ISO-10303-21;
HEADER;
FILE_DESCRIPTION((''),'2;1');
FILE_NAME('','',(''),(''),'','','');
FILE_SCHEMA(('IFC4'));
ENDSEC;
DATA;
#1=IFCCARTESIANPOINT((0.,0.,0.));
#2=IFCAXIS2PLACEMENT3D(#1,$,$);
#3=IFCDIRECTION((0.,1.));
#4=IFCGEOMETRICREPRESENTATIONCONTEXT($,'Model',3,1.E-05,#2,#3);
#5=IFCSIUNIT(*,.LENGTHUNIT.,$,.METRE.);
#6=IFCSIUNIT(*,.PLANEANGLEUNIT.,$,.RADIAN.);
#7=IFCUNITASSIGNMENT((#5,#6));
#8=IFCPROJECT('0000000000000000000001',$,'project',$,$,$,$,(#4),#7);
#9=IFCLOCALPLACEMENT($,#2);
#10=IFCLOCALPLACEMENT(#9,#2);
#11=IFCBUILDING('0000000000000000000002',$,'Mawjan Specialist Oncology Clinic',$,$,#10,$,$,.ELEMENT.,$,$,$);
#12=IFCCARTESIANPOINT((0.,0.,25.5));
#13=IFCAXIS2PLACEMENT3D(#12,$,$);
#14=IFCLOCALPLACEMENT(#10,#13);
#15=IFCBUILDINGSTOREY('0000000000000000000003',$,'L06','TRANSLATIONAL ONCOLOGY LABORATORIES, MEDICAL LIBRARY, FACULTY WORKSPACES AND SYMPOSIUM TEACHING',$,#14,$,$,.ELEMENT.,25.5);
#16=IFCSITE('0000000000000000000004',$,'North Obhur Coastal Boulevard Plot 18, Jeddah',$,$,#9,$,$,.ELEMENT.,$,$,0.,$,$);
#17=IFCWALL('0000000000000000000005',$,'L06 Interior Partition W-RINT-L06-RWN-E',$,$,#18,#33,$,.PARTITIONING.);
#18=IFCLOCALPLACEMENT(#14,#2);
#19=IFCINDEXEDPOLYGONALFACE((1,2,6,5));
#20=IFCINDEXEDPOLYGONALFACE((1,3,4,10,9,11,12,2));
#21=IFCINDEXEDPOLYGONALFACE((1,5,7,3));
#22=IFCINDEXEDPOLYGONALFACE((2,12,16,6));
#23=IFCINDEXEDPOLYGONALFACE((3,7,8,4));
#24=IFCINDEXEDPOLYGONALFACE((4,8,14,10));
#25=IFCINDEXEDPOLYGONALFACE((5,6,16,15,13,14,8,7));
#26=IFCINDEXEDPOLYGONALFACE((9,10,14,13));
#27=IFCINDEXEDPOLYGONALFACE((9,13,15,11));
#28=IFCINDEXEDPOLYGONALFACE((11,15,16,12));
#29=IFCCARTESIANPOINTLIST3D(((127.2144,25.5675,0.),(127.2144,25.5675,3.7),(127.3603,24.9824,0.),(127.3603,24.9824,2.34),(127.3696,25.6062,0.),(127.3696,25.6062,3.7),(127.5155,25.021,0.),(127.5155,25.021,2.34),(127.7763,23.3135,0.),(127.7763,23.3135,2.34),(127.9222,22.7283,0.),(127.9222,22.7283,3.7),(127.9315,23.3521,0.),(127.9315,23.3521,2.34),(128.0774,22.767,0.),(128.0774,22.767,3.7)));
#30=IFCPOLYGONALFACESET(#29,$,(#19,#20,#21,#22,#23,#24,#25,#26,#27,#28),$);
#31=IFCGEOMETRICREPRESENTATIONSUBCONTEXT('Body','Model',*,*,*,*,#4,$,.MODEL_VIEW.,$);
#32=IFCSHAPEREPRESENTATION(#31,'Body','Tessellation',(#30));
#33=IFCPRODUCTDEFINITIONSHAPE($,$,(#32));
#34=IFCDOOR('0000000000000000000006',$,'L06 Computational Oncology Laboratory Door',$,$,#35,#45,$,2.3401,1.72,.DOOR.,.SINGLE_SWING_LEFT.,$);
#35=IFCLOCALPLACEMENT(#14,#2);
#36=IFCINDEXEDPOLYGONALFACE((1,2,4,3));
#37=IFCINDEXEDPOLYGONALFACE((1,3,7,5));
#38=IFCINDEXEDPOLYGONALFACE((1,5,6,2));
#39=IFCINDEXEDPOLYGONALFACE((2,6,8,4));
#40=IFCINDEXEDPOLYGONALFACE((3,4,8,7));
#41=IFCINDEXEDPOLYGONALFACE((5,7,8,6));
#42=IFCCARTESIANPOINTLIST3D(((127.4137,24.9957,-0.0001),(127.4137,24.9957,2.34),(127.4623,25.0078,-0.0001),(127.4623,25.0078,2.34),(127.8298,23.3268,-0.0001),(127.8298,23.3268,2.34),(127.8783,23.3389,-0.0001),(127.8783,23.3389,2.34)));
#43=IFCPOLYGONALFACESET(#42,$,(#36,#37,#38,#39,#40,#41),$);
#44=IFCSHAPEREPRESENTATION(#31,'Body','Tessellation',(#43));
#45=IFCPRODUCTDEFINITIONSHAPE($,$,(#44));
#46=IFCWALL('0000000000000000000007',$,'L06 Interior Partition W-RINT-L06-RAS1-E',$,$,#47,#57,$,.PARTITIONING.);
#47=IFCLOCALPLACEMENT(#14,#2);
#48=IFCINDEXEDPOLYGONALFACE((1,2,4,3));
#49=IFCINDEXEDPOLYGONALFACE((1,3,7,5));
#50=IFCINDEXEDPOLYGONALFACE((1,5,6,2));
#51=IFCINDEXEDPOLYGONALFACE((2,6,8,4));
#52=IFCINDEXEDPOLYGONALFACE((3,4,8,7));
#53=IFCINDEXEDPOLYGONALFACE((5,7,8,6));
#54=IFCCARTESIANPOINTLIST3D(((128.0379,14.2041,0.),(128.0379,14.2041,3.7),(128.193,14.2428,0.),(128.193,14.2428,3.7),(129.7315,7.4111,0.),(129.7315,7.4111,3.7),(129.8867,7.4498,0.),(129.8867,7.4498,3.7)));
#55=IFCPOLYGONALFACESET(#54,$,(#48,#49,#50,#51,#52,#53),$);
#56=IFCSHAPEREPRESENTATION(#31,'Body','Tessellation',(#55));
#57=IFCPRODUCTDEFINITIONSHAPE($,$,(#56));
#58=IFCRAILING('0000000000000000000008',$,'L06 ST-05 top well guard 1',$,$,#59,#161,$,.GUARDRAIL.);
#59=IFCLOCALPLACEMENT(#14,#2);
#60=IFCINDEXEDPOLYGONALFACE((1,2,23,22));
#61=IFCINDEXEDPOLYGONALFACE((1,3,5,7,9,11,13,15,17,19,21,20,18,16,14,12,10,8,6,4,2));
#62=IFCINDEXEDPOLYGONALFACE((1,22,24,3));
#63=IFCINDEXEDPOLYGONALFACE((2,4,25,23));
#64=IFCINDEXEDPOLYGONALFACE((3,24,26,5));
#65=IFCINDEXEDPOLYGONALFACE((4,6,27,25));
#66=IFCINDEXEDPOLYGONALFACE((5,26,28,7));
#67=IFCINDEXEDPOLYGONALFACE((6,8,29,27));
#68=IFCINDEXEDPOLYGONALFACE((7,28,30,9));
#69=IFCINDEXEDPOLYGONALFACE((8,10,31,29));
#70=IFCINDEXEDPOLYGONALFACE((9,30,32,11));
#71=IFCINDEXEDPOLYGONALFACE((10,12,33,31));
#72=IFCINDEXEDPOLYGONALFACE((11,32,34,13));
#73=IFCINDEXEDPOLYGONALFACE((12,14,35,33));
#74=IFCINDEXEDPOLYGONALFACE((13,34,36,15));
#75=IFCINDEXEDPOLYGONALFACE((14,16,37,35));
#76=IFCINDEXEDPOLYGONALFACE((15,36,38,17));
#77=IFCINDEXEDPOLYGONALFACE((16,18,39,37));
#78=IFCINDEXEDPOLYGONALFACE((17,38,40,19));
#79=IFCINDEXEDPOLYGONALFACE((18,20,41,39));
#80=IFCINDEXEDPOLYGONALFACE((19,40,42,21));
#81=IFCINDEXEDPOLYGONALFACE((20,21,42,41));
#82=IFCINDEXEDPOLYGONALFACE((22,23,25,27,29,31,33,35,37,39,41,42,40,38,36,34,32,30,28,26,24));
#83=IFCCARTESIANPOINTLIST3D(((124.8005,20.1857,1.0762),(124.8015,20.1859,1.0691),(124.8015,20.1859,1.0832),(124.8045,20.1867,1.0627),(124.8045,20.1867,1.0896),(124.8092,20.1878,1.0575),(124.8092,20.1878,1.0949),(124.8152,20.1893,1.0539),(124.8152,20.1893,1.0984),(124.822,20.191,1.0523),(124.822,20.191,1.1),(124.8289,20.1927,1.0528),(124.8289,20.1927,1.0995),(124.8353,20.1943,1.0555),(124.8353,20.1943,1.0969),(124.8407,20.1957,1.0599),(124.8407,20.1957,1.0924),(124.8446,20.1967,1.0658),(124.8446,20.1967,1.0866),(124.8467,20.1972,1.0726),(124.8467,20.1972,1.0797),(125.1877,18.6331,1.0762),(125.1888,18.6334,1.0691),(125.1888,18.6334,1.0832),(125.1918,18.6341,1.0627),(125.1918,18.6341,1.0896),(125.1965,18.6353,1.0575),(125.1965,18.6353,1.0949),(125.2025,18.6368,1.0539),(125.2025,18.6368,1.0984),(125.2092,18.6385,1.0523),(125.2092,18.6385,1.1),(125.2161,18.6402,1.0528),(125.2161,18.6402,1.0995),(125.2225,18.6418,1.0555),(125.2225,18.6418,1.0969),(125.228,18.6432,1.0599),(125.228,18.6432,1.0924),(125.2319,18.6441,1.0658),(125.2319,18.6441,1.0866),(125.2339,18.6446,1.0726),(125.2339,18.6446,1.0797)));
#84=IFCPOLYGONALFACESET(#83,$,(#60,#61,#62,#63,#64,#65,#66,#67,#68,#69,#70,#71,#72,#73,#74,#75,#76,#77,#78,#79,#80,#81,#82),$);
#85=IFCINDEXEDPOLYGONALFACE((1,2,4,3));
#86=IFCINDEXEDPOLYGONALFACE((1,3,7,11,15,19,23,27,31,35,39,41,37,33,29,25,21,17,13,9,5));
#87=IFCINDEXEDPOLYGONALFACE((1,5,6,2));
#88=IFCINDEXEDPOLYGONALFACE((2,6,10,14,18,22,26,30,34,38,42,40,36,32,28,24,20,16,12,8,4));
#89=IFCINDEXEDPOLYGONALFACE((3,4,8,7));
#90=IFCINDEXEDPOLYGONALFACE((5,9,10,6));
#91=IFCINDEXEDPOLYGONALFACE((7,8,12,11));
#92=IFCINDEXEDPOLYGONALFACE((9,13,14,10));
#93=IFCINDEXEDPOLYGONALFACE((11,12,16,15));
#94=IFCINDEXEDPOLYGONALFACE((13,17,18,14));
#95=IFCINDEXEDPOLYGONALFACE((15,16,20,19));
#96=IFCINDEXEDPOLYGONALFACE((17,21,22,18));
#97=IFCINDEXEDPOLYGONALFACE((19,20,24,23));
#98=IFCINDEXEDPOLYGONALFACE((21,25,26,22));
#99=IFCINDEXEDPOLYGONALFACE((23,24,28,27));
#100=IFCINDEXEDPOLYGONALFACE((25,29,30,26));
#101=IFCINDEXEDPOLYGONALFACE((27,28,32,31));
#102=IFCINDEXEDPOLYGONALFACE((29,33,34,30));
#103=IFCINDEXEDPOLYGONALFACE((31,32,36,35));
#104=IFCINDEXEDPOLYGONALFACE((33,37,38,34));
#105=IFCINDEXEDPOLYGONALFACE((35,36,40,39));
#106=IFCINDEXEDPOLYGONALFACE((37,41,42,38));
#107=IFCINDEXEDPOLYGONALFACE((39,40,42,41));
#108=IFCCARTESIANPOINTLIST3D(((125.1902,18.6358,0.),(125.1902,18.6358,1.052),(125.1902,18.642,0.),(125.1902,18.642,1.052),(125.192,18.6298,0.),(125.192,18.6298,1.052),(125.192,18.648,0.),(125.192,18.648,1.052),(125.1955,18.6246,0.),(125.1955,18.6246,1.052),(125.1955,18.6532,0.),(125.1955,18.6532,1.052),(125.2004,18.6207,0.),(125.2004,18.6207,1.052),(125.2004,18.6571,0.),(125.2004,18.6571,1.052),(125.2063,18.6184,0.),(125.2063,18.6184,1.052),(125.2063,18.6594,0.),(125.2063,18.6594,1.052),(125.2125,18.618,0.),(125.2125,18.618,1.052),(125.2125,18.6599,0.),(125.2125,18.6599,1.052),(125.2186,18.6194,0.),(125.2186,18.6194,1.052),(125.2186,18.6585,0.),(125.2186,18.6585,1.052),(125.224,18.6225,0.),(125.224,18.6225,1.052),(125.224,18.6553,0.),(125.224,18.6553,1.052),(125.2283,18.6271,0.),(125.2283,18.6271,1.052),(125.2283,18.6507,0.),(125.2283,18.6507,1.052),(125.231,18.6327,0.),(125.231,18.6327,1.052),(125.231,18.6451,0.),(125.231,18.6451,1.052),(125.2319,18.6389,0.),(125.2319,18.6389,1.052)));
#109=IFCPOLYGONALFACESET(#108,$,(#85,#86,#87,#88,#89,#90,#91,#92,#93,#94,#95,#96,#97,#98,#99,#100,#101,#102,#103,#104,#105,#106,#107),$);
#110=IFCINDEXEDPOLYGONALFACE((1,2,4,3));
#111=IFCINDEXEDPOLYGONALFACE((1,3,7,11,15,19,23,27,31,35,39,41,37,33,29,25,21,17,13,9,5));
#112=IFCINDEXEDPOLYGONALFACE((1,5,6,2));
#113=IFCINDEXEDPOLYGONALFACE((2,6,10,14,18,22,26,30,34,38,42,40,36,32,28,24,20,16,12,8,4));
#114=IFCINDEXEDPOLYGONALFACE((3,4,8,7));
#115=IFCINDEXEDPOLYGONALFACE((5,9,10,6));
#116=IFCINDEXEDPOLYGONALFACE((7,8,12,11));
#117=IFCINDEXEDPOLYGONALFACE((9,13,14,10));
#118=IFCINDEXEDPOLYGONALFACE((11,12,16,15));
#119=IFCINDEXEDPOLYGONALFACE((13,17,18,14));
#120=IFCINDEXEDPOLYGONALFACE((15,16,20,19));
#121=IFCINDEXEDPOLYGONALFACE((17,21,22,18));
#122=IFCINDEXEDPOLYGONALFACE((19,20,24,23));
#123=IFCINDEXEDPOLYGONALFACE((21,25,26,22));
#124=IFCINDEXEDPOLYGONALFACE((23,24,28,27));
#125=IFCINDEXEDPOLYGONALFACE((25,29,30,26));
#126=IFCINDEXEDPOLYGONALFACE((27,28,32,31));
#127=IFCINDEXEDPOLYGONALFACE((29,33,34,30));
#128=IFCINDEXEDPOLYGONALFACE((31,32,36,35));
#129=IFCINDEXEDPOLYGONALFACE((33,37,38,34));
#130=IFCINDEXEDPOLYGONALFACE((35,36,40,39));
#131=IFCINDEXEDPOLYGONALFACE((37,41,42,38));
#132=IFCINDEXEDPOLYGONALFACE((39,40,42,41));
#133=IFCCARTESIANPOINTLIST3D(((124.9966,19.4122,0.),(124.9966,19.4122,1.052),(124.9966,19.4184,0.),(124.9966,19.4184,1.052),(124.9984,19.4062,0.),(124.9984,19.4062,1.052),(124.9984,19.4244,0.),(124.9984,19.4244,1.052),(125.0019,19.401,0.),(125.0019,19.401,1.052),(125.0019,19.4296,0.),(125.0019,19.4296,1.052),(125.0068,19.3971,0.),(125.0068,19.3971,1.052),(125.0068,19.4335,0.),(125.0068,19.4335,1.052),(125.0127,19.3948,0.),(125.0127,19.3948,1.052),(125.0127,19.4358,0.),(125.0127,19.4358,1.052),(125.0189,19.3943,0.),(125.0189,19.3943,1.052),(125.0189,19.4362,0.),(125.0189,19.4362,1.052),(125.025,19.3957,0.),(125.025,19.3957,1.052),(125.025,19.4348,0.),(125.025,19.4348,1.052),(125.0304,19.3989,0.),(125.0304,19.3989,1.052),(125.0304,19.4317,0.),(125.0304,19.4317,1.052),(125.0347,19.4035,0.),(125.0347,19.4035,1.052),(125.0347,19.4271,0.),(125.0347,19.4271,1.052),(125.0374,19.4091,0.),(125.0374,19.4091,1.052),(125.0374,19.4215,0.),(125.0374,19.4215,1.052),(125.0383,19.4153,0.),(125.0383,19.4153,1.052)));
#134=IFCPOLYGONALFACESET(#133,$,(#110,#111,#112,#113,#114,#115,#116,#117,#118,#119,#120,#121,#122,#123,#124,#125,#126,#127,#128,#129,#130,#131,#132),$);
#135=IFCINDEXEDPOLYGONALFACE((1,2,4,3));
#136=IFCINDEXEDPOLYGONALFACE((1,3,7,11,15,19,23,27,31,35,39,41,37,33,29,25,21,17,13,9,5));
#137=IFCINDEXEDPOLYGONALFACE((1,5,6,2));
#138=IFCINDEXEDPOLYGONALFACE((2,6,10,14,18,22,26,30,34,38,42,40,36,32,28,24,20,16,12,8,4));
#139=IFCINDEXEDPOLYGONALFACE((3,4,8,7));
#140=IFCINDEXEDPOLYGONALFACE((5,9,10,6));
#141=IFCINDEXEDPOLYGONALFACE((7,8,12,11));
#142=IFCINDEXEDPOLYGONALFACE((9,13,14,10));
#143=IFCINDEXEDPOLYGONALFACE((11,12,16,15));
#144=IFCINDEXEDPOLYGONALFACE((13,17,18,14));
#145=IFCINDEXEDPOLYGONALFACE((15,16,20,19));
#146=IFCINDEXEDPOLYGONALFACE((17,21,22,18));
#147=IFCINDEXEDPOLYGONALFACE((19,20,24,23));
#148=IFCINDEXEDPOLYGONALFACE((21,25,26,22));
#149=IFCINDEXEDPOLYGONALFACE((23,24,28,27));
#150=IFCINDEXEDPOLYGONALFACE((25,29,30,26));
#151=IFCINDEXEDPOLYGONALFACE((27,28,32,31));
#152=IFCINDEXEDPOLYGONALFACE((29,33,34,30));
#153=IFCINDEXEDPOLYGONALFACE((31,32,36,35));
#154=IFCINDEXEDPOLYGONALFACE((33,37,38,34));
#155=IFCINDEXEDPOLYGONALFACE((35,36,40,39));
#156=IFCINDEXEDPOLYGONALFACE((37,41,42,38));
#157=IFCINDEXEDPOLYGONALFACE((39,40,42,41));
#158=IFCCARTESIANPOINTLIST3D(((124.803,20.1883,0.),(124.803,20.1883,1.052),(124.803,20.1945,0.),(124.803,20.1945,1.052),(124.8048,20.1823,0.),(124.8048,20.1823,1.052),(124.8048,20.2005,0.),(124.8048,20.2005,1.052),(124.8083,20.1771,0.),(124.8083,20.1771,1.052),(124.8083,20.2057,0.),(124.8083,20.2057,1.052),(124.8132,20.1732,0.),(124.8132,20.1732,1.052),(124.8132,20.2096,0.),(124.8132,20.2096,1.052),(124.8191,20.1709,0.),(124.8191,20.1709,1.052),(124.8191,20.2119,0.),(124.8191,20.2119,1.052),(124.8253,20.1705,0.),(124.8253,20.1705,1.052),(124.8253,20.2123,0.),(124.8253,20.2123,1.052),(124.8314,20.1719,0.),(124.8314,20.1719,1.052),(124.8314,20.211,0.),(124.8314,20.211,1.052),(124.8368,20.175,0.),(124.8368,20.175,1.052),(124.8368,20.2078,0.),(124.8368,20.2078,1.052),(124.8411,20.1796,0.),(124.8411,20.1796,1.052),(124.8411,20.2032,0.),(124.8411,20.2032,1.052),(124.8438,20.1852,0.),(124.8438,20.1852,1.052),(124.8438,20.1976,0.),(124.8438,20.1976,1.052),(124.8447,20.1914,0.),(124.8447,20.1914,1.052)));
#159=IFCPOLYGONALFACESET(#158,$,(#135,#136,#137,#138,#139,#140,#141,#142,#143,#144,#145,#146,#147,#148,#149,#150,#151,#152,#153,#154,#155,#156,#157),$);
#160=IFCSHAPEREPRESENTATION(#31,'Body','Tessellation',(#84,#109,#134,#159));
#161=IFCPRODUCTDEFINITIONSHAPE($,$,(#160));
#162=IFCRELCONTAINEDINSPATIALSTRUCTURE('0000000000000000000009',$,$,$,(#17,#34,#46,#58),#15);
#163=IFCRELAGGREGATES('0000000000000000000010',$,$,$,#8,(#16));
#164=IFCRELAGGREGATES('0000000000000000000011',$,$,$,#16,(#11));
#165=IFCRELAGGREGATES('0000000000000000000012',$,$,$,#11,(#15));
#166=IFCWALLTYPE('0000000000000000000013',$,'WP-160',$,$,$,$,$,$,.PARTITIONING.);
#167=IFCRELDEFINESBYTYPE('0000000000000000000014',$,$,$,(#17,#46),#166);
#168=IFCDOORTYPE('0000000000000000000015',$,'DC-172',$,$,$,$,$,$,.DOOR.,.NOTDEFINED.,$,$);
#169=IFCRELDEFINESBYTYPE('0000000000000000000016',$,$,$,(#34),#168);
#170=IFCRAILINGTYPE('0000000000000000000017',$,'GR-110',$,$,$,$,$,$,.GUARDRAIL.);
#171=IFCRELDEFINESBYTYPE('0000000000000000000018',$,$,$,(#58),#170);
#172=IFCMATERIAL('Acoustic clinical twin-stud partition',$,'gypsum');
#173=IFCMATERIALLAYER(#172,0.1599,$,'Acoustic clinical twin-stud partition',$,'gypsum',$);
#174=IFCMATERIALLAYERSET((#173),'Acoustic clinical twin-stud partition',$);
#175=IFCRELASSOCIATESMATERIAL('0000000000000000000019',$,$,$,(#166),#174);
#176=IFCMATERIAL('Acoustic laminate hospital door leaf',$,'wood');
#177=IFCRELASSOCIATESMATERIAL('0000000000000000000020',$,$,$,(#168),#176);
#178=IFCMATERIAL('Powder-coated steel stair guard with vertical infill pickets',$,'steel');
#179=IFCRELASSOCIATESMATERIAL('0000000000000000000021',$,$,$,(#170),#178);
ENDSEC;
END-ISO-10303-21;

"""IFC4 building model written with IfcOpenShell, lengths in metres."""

from ifc_helpers import new_model, si_unit, direction, frame, frame_2d, origin, origin_2d, place, context, subcontext, project, spatial, rectangle, circle, extrude, material, layer, layer_set, type_object, element, fill, save


model = new_model("IFC4")

# Units and contexts
model_context = context("Model", 3, precision=1e-05, world=origin(), true_north=direction((0.0, 1.0)))
body_context = subcontext(model_context, "Body", "Model", "MODEL_VIEW")
ifc_project = project(units=[si_unit("LENGTHUNIT", "METRE"), si_unit("PLANEANGLEUNIT", "RADIAN")], contexts=[model_context])

# Site, building, storey
site_placement = place(None, origin())
site = spatial("IfcSite", under=ifc_project, at=site_placement, Name="North Obhur Coastal Boulevard Plot 18, Jeddah", CompositionType="ELEMENT", RefElevation=0.0)
building_placement = place(site_placement, origin())
building = spatial("IfcBuilding", under=site, at=building_placement, Name="Mawjan Specialist Oncology Clinic", CompositionType="ELEMENT")
storey_placement = place(building_placement, frame((0.0, 0.0, 25.5)))
storey = spatial("IfcBuildingStorey", under=building, at=storey_placement, Name="L06", Description="TRANSLATIONAL ONCOLOGY LABORATORIES, MEDICAL LIBRARY, FACULTY WORKSPACES AND SYMPOSIUM TEACHING", CompositionType="ELEMENT", Elevation=25.5)

# Wall, opening, door
ifc_material_1 = material(Name="Acoustic clinical twin-stud partition", Category="gypsum")
ifc_layer_1 = layer(ifc_material_1, 0.1599, Name="Acoustic clinical twin-stud partition", Category="gypsum")
ifc_layer_set_1 = layer_set([ifc_layer_1], Name="Acoustic clinical twin-stud partition")
wall_type_1 = type_object("IfcWallType", Name="WP-160", PredefinedType="PARTITIONING", material=ifc_layer_set_1)
wall_1_placement = place(storey_placement, frame((127.9998, 22.7478, 0.0), z_axis=(0.0, 0.0, 1.0), x_axis=(-0.241888, 0.970304, 0.0)))
wall_1 = element("IfcWall", 1, at=wall_1_placement, inside=storey, type_object=wall_type_1, Name="L06 Interior Partition W-RINT-L06-RWN-E", PredefinedType="PARTITIONING", context=body_context, shape_type="SweptSolid", body=[
    extrude(rectangle(XDim=2.926, YDim=0.1599, at=frame_2d((1.4629, 0.0))), origin(), (0.0, 0.0, 1.0), 3.7),
])
opening_1_placement = place(wall_1_placement, frame((0.603, 0.0, 0.0)))
opening_1 = element("IfcOpeningElement", 2, at=opening_1_placement, cuts=wall_1, PredefinedType="OPENING", context=body_context, shape_type="SweptSolid", body=[
    extrude(rectangle(XDim=1.72, YDim=2.3401, at=frame_2d((0.8599, 1.1699))), frame((0.0, 0.092, 0.0), z_axis=(0.0, -1.0, 0.0), x_axis=(1.0, 0.0, 0.0)), (0.0, 0.0, 1.0), 0.1838),
])
ifc_material_2 = material(Name="Acoustic laminate hospital door leaf", Category="wood")
door_type_1 = type_object("IfcDoorType", Name="DC-172", OperationType="NOTDEFINED", PredefinedType="DOOR", material=ifc_material_2)
door_1_placement = place(opening_1_placement, origin())
door_1 = element("IfcDoor", 3, at=door_1_placement, inside=storey, type_object=door_type_1, Name="L06 Computational Oncology Laboratory Door", OperationType="SINGLE_SWING_LEFT", OverallHeight=2.3401, OverallWidth=1.72, PredefinedType="DOOR", context=body_context, shape_type="SweptSolid", body=[
    extrude(rectangle(XDim=1.72, YDim=2.3401, at=frame_2d((0.8599, 1.1699))), frame((0.0, 0.0249, 0.0), z_axis=(0.0, -1.0, 0.0), x_axis=(1.0, 0.0, 0.0)), (0.0, 0.0, 1.0), 0.05),
])
fill(opening_1, door_1)

# Wall
wall_2_placement = place(storey_placement, frame((129.8091, 7.4304, 0.0), z_axis=(0.0, 0.0, 1.0), x_axis=(-0.241912, 0.970298, 0.0)))
element("IfcWall", 4, at=wall_2_placement, inside=storey, type_object=wall_type_1, Name="L06 Interior Partition W-RINT-L06-RAS1-E", PredefinedType="PARTITIONING", context=body_context, shape_type="SweptSolid", body=[
    extrude(rectangle(XDim=7.001, YDim=0.1599, at=frame_2d((3.5005, 0.0))), origin(), (0.0, 0.0, 1.0), 3.7),
])

# Railing
ifc_material_3 = material(Name="Powder-coated steel stair guard with vertical infill pickets", Category="steel")
railing_type = type_object("IfcRailingType", Name="GR-110", PredefinedType="GUARDRAIL", material=ifc_material_3)
for number, where, name in (
    (5, (125.2109, 18.6389, 0.0), "L06 ST-05 top well guard 1"),
):
    element("IfcRailing", number, at=place(storey_placement, frame(where)), inside=storey, type_object=railing_type, Name=name, PredefinedType="GUARDRAIL", context=body_context, shape_type="SweptSolid", body=[
        extrude(circle(Radius=0.0239, at=origin_2d()), frame((0.0, 0.0, 1.0762), z_axis=(-0.241997, 0.970277, 0.0), x_axis=(-0.970277, -0.241997, 0.0)), (0.0, 0.0, 1.0), 1.6001),
        extrude(circle(Radius=0.021, at=origin_2d()), origin(), (0.0, 0.0, 1.0), 1.052),
        extrude(circle(Radius=0.021, at=origin_2d()), frame((-0.1936, 0.7764, 0.0)), (0.0, 0.0, 1.0), 1.052),
        extrude(circle(Radius=0.021, at=origin_2d()), frame((-0.3872, 1.5525, 0.0)), (0.0, 0.0, 1.0), 1.052),
    ])

save(model, "model.ifc")
